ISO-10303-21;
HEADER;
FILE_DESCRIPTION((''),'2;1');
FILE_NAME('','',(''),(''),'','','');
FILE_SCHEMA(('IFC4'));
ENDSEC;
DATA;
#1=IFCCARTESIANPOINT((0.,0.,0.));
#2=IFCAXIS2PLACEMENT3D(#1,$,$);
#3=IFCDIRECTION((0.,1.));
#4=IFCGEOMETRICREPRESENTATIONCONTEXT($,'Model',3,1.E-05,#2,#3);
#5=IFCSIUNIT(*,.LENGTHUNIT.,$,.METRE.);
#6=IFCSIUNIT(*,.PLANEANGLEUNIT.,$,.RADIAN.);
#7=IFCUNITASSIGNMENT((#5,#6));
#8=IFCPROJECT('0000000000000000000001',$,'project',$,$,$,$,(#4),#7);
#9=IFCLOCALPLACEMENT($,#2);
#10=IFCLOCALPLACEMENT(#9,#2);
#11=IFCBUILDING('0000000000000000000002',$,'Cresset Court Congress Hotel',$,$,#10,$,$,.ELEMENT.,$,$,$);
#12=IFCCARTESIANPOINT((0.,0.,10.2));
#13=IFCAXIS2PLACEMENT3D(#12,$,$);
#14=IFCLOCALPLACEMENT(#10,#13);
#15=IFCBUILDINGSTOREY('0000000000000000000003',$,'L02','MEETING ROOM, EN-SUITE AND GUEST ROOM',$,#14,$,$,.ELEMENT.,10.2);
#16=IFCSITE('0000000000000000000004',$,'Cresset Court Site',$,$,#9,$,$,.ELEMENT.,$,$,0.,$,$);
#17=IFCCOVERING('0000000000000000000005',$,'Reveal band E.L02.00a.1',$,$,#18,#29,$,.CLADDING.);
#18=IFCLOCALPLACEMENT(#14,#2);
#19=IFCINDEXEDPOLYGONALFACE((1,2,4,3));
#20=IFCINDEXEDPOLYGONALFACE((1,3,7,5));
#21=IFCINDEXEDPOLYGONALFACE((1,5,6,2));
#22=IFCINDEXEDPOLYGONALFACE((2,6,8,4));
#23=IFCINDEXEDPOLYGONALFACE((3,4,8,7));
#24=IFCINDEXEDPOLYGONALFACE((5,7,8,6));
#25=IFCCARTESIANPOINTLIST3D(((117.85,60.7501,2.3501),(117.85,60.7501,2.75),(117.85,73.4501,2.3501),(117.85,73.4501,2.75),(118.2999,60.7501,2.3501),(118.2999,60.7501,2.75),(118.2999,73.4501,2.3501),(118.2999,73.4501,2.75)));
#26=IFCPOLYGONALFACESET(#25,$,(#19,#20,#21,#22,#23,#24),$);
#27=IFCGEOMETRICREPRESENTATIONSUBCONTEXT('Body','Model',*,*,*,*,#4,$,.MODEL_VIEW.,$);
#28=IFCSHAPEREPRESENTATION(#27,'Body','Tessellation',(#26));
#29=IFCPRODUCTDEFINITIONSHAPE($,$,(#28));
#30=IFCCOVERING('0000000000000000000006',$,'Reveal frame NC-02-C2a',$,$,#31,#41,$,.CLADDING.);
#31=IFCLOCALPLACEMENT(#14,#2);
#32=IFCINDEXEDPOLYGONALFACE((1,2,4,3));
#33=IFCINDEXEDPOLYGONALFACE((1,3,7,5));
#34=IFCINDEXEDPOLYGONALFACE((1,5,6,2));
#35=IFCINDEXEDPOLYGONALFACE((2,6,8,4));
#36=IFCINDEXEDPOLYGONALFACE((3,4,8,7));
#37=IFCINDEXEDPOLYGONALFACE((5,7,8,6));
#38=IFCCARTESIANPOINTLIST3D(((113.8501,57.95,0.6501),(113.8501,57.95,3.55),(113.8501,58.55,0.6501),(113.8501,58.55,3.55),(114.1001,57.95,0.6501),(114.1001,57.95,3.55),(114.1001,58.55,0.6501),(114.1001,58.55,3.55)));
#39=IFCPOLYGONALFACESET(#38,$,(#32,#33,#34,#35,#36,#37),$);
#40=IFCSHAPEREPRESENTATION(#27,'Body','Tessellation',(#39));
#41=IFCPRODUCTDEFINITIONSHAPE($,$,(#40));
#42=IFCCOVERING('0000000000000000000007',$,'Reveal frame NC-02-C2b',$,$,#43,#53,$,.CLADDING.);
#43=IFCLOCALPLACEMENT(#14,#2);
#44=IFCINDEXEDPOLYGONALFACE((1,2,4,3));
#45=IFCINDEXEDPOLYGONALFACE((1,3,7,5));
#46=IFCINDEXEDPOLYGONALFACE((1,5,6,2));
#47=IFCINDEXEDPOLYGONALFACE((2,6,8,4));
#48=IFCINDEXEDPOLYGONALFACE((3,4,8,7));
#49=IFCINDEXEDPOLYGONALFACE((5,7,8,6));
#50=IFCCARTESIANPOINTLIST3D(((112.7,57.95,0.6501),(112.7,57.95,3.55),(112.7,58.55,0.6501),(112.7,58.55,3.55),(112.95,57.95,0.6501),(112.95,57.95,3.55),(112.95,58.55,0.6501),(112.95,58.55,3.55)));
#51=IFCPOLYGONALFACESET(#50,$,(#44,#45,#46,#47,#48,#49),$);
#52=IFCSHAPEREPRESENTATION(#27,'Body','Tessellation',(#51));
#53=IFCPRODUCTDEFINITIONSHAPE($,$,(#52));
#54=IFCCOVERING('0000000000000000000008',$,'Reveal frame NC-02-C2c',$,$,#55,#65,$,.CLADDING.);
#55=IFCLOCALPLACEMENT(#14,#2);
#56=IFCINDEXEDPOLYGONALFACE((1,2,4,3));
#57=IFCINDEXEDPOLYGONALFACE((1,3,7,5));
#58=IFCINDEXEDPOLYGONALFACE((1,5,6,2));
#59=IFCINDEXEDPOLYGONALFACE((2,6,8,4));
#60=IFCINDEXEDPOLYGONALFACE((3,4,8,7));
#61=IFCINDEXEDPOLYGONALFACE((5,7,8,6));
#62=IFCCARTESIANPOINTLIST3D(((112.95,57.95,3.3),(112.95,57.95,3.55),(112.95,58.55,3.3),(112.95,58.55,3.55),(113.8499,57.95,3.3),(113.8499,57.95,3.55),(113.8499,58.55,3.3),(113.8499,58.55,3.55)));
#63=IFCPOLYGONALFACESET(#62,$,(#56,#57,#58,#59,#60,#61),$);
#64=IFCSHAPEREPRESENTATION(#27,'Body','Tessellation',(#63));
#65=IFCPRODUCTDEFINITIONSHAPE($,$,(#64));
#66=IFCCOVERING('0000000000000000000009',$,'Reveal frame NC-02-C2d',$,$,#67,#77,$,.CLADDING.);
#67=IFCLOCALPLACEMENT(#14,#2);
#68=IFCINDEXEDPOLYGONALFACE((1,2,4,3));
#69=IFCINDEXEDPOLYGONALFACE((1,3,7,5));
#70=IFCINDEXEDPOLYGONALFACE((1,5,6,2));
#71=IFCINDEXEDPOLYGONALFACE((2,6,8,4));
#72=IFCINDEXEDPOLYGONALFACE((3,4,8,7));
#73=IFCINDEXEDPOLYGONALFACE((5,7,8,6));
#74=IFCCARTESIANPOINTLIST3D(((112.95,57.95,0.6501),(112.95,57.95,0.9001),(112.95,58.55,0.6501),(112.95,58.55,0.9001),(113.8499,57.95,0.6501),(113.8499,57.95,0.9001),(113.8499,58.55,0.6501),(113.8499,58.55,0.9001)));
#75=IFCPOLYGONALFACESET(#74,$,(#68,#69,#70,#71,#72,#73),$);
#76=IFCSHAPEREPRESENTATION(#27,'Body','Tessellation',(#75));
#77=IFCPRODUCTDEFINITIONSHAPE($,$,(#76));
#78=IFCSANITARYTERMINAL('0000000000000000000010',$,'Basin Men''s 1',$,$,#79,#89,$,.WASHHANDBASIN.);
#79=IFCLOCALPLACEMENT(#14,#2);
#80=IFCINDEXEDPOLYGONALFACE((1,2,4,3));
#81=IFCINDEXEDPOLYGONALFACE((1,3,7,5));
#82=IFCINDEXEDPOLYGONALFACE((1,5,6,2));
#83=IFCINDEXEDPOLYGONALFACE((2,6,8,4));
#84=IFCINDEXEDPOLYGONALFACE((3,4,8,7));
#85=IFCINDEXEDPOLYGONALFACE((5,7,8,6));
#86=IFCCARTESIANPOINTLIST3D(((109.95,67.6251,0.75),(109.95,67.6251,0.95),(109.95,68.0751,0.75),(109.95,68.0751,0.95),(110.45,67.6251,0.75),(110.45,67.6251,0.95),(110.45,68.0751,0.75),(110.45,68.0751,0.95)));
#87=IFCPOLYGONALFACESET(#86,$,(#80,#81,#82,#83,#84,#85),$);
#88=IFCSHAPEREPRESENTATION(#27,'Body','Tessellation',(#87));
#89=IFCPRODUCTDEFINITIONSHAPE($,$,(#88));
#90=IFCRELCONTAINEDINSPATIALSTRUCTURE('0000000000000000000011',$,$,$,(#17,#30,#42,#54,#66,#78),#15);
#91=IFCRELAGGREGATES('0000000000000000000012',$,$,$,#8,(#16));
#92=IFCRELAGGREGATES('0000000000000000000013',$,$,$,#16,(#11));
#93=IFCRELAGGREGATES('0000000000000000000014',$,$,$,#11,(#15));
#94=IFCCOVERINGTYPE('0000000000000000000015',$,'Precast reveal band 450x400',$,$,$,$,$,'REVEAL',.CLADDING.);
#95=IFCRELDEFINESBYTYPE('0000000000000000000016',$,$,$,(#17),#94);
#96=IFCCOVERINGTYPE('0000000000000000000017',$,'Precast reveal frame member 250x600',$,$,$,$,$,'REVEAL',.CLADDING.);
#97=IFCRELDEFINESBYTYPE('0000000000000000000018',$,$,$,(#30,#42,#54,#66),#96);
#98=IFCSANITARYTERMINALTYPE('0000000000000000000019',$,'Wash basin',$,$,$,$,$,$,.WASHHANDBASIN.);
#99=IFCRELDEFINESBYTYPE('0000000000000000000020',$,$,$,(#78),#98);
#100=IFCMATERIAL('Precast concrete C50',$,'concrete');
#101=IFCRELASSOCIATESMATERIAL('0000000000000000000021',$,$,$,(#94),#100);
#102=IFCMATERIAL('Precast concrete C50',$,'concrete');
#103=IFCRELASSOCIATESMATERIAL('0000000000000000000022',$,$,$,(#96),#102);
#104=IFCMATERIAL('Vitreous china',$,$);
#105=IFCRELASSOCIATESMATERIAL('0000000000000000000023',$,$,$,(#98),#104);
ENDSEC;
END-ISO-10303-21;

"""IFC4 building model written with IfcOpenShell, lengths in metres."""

from ifc_helpers import new_model, si_unit, direction, frame, origin, origin_2d, place, context, subcontext, project, spatial, rectangle, extrude, material, type_object, element, save


model = new_model("IFC4")

# Units and contexts
model_context = context("Model", 3, precision=1e-05, world=origin(), true_north=direction((0.0, 1.0)))
body_context = subcontext(model_context, "Body", "Model", "MODEL_VIEW")
ifc_project = project(units=[si_unit("LENGTHUNIT", "METRE"), si_unit("PLANEANGLEUNIT", "RADIAN")], contexts=[model_context])

# Site, building, storey
site_placement = place(None, origin())
site = spatial("IfcSite", under=ifc_project, at=site_placement, Name="Cresset Court Site", CompositionType="ELEMENT", RefElevation=0.0)
building_placement = place(site_placement, origin())
building = spatial("IfcBuilding", under=site, at=building_placement, Name="Cresset Court Congress Hotel", CompositionType="ELEMENT")
storey_placement = place(building_placement, frame((0.0, 0.0, 10.2)))
storey = spatial("IfcBuildingStorey", under=building, at=storey_placement, Name="L02", Description="MEETING ROOM, EN-SUITE AND GUEST ROOM", CompositionType="ELEMENT", Elevation=10.2)

# Coverings
ifc_material_1 = material(Name="Precast concrete C50", Category="concrete")
covering_type_1 = type_object("IfcCoveringType", Name="Precast reveal band 450x400", ElementType="REVEAL", PredefinedType="CLADDING", material=ifc_material_1)
covering_placement = place(storey_placement, frame((118.075, 67.1001, 2.3501), z_axis=(0.0, 0.0, 1.0), x_axis=(0.0, -1.0, 0.0)))
element("IfcCovering", 1, at=covering_placement, inside=storey, type_object=covering_type_1, Name="Reveal band E.L02.00a.1", PredefinedType="CLADDING", context=body_context, shape_type="SweptSolid", body=[
    extrude(rectangle(XDim=12.7, YDim=0.45, at=origin_2d()), origin(), (0.0, 0.0, 1.0), 0.3999),
])
ifc_material_2 = material(Name="Precast concrete C50", Category="concrete")
covering_type_2 = type_object("IfcCoveringType", Name="Precast reveal frame member 250x600", ElementType="REVEAL", PredefinedType="CLADDING", material=ifc_material_2)
for number, where, z_axis, x_axis, name in (
    (2, (113.9751, 58.25, 0.6501), (0.0, 0.0, 1.0), (1.0, 0.0, 0.0), "Reveal frame NC-02-C2a"),
    (3, (112.825, 58.25, 0.6501), (0.0, 0.0, 1.0), (1.0, 0.0, 0.0), "Reveal frame NC-02-C2b"),
):
    element("IfcCovering", number, at=place(storey_placement, frame(where, z_axis=z_axis, x_axis=x_axis)), inside=storey, type_object=covering_type_2, Name=name, PredefinedType="CLADDING", context=body_context, shape_type="SweptSolid", body=[
        extrude(rectangle(XDim=0.25, YDim=0.6001, at=origin_2d()), origin(), (0.0, 0.0, 1.0), 2.8999),
    ])
for number, where, z_axis, x_axis, name in (
    (4, (113.3999, 58.25, 3.3), (0.0, 0.0, 1.0), (1.0, 0.0, 0.0), "Reveal frame NC-02-C2c"),
    (5, (113.3999, 58.25, 0.6501), (0.0, 0.0, 1.0), (1.0, 0.0, 0.0), "Reveal frame NC-02-C2d"),
):
    element("IfcCovering", number, at=place(storey_placement, frame(where, z_axis=z_axis, x_axis=x_axis)), inside=storey, type_object=covering_type_2, Name=name, PredefinedType="CLADDING", context=body_context, shape_type="SweptSolid", body=[
        extrude(rectangle(XDim=0.8999, YDim=0.6001, at=origin_2d()), origin(), (0.0, 0.0, 1.0), 0.25),
    ])

# Sanitary terminal
ifc_material_3 = material(Name="Vitreous china")
sanitary_terminal_type = type_object("IfcSanitaryTerminalType", Name="Wash basin", PredefinedType="WASHHANDBASIN", material=ifc_material_3)
sanitary_terminal_placement = place(storey_placement, frame((110.2, 67.8501, 0.75), z_axis=(0.0, 0.0, 1.0), x_axis=(1.0, 0.0, 0.0)))
element("IfcSanitaryTerminal", 6, at=sanitary_terminal_placement, inside=storey, type_object=sanitary_terminal_type, Name="Basin Men's 1", PredefinedType="WASHHANDBASIN", context=body_context, shape_type="SweptSolid", body=[
    extrude(rectangle(XDim=0.5, YDim=0.45, at=origin_2d()), origin(), (0.0, 0.0, 1.0), 0.2),
])

save(model, "model.ifc")
